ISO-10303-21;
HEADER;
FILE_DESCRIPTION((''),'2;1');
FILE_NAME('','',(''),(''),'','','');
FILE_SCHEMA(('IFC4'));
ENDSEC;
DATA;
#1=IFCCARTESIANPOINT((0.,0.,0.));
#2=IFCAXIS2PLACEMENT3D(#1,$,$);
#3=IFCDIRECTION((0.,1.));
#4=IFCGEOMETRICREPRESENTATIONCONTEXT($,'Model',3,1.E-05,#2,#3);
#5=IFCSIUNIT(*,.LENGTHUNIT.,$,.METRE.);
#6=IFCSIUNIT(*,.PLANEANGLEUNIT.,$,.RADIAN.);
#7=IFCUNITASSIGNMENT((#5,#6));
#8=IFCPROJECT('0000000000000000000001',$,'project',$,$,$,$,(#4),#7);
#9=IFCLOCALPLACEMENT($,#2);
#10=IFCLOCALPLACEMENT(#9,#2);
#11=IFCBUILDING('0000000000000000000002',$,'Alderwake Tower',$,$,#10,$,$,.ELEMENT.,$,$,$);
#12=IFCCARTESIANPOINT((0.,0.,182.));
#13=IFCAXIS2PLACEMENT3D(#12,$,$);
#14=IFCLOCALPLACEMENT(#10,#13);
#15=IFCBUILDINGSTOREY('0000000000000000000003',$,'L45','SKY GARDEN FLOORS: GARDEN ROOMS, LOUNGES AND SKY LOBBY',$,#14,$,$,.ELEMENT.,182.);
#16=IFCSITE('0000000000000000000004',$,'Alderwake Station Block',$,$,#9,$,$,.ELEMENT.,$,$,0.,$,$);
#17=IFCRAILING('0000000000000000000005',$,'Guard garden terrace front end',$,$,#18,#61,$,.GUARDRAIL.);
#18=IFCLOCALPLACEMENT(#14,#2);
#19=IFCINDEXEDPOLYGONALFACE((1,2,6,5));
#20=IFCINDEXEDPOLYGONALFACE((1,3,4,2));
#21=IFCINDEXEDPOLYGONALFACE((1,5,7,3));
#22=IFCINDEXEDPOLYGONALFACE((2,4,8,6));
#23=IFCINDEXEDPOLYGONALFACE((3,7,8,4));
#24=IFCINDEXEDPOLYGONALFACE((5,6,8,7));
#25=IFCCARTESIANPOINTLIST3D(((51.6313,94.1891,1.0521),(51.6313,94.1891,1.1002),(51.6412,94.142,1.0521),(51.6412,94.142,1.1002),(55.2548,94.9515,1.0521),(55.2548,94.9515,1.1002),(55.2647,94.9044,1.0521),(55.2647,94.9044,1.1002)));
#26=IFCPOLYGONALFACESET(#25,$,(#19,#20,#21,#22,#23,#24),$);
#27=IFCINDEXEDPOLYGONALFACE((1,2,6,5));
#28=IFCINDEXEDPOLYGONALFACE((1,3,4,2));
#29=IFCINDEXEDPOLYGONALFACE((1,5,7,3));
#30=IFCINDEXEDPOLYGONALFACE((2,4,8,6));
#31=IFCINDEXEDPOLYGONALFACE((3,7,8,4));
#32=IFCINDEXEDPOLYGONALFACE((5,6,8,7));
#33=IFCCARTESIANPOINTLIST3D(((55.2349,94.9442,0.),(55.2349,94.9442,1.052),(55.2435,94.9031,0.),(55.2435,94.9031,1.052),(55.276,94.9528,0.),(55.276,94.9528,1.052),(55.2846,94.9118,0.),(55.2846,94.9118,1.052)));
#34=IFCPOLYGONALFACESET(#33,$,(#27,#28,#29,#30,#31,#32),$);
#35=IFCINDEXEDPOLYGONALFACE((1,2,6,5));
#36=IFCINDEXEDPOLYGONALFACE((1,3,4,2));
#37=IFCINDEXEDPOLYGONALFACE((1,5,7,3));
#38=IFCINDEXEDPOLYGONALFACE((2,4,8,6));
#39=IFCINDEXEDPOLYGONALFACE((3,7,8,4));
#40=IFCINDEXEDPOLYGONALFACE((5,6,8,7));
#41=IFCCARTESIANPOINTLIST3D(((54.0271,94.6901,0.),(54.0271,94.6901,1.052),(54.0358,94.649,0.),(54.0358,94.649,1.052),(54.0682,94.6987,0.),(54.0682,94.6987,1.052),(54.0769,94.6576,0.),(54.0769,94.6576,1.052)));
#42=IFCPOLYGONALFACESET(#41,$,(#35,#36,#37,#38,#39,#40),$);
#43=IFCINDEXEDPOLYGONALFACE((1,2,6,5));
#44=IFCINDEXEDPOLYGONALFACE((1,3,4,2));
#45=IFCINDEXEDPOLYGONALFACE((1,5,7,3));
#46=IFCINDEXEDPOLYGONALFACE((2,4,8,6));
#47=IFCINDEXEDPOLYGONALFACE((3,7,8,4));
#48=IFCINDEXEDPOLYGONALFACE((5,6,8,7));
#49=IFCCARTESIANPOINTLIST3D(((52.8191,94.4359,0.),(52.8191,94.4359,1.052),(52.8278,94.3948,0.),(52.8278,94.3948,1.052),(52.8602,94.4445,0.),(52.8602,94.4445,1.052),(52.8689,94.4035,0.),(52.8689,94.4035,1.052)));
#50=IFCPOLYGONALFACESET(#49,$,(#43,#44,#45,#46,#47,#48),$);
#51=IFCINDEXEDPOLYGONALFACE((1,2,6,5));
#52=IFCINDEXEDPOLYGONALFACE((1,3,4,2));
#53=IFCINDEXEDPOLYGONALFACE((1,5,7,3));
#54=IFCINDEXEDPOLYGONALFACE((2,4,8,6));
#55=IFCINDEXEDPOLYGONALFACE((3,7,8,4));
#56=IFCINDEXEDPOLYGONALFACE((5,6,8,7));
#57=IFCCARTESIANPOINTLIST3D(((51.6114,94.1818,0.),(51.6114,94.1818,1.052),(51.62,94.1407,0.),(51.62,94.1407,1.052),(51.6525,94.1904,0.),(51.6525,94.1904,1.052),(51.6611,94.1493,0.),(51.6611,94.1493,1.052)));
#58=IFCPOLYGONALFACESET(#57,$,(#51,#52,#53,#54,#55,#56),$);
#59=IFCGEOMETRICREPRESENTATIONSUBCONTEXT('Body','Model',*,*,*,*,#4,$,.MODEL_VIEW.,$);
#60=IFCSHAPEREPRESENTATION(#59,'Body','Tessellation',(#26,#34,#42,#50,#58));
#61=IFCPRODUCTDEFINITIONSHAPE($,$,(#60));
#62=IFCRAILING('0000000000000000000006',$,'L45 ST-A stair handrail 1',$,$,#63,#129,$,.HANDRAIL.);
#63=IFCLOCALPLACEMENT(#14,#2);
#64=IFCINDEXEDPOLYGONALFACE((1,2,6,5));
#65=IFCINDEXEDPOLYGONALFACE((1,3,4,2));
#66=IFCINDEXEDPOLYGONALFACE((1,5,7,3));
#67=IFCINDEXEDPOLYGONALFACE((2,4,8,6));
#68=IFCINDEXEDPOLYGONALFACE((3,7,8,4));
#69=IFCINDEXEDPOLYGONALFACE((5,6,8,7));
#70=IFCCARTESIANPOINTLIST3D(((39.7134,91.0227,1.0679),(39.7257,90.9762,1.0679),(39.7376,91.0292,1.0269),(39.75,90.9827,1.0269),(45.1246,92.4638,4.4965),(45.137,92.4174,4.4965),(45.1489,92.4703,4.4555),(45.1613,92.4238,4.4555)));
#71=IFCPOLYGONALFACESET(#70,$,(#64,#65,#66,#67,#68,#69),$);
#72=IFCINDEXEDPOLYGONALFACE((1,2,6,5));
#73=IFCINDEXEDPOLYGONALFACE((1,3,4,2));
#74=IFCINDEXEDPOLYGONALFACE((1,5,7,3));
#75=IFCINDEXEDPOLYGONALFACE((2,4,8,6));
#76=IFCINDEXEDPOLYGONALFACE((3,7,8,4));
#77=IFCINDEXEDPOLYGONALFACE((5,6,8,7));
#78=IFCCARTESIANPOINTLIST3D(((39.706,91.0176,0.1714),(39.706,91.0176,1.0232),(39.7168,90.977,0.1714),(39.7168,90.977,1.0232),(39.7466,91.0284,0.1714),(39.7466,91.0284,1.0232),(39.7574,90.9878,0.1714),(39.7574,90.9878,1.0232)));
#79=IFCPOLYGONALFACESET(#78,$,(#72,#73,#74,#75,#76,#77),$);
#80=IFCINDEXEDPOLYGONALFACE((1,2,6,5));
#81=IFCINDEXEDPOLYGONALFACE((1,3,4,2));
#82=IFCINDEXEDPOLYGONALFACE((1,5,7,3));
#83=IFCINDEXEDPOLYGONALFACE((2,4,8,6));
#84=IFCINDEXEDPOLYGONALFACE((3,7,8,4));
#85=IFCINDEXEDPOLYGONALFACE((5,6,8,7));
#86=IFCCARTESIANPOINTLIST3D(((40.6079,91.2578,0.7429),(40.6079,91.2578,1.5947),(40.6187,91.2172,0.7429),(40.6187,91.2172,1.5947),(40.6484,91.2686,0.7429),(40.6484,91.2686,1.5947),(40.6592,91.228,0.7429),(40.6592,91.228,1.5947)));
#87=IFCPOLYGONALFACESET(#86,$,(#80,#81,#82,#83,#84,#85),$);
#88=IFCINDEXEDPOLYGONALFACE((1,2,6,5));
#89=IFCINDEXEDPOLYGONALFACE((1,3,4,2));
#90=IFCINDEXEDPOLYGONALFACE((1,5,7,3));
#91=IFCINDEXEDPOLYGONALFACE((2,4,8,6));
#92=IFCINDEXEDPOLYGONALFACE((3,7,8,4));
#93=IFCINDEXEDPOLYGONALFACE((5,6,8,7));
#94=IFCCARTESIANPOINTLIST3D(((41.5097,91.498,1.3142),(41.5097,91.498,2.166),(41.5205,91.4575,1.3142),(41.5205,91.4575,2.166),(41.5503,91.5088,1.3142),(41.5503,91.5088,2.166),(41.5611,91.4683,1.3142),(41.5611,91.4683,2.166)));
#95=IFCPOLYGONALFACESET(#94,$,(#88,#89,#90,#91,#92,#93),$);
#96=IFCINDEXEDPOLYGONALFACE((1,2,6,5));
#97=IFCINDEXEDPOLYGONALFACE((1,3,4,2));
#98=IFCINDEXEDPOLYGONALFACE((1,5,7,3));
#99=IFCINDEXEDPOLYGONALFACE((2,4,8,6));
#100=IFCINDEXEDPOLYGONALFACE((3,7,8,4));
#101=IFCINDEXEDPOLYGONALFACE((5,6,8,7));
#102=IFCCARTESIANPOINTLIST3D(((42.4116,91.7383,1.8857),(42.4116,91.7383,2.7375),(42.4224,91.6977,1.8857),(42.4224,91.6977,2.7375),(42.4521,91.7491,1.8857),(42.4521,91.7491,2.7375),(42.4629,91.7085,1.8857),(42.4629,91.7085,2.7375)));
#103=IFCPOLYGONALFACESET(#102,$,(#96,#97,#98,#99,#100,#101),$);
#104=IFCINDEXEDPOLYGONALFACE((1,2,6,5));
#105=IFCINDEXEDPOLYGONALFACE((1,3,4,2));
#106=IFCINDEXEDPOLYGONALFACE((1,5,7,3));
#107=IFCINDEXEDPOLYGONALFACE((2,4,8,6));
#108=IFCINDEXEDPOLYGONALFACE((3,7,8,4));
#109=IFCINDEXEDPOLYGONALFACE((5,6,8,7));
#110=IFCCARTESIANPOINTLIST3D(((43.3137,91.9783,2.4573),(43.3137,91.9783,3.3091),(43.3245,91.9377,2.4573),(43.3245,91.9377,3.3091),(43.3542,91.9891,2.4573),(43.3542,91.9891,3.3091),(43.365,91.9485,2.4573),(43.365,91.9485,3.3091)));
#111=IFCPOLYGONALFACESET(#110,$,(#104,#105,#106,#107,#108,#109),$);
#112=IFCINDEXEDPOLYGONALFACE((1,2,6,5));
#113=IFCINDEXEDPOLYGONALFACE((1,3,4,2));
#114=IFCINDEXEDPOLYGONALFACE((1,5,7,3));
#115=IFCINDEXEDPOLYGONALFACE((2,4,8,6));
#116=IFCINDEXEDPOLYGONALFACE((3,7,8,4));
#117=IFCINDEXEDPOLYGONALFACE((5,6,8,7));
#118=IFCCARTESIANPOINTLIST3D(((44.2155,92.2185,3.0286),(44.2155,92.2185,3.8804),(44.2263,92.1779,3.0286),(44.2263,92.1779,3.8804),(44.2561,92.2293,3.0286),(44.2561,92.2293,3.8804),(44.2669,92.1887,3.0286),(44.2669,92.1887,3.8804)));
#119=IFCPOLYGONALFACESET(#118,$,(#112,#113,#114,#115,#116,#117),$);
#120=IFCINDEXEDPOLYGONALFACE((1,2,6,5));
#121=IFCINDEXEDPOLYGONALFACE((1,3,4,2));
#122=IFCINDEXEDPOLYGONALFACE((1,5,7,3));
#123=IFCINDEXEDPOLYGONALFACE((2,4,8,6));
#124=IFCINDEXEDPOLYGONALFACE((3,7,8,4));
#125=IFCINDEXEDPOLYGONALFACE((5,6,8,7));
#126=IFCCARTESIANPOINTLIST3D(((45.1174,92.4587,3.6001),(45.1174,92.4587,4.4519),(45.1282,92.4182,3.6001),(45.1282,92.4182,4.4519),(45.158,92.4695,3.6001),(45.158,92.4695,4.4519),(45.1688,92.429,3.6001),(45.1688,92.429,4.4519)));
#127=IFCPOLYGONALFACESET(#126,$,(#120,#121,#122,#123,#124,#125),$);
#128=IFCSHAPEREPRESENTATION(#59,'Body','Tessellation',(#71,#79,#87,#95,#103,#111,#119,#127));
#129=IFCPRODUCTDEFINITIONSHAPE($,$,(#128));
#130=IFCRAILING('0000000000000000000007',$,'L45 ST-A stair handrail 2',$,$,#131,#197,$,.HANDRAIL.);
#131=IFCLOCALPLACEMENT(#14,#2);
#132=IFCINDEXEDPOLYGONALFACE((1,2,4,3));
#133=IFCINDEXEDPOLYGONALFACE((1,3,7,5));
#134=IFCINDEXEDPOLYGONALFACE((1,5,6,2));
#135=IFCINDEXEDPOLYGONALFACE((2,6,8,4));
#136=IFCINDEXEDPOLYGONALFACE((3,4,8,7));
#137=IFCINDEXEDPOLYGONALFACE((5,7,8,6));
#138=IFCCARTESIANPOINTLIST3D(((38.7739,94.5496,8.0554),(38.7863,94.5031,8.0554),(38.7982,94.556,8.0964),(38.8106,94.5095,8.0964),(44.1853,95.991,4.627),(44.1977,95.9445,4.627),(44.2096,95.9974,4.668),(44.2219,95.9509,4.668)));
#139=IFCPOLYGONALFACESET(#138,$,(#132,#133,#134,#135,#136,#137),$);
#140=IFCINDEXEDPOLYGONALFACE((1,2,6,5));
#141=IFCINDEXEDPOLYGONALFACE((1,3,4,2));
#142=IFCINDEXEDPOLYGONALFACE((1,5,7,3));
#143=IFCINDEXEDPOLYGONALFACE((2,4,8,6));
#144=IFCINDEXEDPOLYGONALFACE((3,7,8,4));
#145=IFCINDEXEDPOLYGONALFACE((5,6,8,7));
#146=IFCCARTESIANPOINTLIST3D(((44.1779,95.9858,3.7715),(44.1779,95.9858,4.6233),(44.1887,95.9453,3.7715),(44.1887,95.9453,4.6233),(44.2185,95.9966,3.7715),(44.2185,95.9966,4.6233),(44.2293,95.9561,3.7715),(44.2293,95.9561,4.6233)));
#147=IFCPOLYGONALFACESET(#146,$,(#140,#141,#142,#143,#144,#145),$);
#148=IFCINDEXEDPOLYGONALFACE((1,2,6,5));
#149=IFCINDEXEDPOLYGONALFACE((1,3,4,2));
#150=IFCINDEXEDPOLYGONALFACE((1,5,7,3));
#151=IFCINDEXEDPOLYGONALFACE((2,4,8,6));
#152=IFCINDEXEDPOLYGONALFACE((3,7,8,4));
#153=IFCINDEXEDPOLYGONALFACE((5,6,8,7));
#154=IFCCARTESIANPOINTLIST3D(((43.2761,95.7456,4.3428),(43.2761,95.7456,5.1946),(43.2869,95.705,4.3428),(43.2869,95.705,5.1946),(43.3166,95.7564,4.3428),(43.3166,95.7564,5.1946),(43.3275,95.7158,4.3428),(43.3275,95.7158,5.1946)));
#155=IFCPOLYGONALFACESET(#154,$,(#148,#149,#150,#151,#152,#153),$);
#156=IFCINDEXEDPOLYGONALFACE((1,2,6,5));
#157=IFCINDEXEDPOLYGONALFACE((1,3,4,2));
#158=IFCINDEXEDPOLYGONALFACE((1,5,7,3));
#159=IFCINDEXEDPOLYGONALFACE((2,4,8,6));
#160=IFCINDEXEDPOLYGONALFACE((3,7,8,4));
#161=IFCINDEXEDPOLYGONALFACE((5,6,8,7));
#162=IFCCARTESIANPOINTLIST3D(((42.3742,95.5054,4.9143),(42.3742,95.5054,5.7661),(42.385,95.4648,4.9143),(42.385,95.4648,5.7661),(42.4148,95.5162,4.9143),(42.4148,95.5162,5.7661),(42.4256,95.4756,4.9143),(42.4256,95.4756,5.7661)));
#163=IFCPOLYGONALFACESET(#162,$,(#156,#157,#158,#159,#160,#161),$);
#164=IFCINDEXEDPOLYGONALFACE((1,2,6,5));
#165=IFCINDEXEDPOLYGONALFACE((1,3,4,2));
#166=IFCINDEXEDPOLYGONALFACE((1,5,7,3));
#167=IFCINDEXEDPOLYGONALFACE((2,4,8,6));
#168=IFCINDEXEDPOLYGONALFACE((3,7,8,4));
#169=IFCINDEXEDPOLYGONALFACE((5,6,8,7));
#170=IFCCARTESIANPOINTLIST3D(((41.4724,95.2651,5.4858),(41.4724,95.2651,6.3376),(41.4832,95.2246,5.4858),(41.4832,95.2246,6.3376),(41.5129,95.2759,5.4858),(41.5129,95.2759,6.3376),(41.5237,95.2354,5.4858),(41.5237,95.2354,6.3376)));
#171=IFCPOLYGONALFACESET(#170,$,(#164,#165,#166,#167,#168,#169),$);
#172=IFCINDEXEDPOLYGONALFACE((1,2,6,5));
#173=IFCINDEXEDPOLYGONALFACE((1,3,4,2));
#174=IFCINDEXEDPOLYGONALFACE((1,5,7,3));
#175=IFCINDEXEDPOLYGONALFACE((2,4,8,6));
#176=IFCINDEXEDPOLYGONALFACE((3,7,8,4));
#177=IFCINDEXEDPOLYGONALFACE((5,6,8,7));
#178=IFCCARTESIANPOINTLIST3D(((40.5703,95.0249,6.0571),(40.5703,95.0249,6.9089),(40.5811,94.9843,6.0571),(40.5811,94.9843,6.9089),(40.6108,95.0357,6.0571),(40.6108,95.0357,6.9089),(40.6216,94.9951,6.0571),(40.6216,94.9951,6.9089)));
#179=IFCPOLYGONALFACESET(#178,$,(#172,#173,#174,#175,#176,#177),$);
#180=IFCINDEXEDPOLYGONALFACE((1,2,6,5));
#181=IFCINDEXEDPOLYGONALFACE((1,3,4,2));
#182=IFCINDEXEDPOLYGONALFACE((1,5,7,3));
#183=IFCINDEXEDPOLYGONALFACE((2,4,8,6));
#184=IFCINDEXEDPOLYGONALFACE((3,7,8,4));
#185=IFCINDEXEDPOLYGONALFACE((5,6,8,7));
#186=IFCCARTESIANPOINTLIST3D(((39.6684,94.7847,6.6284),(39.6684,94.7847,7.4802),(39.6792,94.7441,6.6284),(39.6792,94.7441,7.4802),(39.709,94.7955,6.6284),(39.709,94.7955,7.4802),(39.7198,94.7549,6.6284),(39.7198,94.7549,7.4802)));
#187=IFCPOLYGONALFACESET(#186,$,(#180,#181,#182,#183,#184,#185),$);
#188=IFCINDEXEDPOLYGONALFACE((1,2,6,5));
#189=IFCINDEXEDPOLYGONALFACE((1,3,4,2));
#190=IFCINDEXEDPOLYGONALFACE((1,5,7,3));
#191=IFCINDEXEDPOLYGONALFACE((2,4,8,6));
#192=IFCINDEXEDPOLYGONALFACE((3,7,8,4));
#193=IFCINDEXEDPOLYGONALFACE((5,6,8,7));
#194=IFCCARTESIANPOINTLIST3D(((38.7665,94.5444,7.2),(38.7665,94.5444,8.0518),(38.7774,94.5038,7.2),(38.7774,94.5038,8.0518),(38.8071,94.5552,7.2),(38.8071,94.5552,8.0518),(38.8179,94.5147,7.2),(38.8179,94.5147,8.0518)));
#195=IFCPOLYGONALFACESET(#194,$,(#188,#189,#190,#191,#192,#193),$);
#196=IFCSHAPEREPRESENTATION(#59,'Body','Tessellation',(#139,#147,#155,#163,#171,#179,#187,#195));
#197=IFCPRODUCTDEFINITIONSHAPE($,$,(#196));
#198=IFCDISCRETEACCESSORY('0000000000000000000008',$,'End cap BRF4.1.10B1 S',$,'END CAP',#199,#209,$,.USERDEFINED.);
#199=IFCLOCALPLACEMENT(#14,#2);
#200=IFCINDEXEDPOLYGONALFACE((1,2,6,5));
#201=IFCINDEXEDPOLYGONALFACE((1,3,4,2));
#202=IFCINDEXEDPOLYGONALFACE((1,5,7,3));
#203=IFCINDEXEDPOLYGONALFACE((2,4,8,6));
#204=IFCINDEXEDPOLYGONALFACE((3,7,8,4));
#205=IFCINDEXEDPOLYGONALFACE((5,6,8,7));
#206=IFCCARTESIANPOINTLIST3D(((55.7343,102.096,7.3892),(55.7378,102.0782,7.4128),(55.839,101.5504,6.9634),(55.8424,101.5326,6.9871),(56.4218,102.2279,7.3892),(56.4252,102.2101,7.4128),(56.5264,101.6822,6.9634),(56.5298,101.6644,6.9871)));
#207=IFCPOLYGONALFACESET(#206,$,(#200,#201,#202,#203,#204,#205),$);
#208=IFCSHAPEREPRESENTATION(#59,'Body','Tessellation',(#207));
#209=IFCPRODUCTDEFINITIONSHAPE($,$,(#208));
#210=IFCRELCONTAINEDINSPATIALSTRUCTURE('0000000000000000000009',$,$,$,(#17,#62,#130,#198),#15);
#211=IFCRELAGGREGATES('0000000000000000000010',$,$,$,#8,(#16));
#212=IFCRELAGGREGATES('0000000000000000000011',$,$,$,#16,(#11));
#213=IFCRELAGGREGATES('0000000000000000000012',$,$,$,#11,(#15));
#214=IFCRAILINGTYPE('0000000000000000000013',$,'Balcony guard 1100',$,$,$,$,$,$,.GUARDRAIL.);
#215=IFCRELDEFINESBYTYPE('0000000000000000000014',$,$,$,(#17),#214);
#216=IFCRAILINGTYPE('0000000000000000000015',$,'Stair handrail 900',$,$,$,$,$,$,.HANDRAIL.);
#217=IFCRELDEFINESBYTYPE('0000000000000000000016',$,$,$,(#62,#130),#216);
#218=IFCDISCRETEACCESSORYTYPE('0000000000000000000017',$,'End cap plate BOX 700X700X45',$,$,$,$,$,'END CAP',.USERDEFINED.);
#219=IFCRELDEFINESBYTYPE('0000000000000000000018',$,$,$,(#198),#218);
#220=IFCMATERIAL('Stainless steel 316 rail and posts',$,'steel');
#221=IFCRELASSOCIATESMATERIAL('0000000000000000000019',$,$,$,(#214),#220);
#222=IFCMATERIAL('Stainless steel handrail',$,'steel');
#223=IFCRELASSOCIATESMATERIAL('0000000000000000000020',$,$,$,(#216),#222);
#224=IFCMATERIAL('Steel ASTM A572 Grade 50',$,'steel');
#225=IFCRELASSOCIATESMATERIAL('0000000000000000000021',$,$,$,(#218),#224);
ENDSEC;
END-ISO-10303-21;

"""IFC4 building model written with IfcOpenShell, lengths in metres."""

from ifc_helpers import new_model, si_unit, direction, frame, origin, origin_2d, place, context, subcontext, project, spatial, rectangle, extrude, material, material_profile, profile_set, type_object, element, save


model = new_model("IFC4")

# Units and contexts
model_context = context("Model", 3, precision=1e-05, world=origin(), true_north=direction((0.0, 1.0)))
body_context = subcontext(model_context, "Body", "Model", "MODEL_VIEW")
ifc_project = project(units=[si_unit("LENGTHUNIT", "METRE"), si_unit("PLANEANGLEUNIT", "RADIAN")], contexts=[model_context])

# Site, building, storey
site_placement = place(None, origin())
site = spatial("IfcSite", under=ifc_project, at=site_placement, Name="Alderwake Station Block", CompositionType="ELEMENT", RefElevation=0.0)
building_placement = place(site_placement, origin())
building = spatial("IfcBuilding", under=site, at=building_placement, Name="Alderwake Tower", CompositionType="ELEMENT")
storey_placement = place(building_placement, frame((0.0, 0.0, 182.0)))
storey = spatial("IfcBuildingStorey", under=building, at=storey_placement, Name="L45", Description="SKY GARDEN FLOORS: GARDEN ROOMS, LOUNGES AND SKY LOBBY", CompositionType="ELEMENT", Elevation=182.0)

# Railings
ifc_material_1 = material(Name="Stainless steel 316 rail and posts", Category="steel")
railing_type_1 = type_object("IfcRailingType", Name="Balcony guard 1100", PredefinedType="GUARDRAIL", material=ifc_material_1)
railing_1_placement = place(storey_placement, frame((55.2598, 94.928, 0.0)))
element("IfcRailing", 1, at=railing_1_placement, inside=storey, type_object=railing_type_1, Name="Guard garden terrace front end", PredefinedType="GUARDRAIL", context=body_context, shape_type="SweptSolid", body=[
    extrude(rectangle(XDim=0.0481, YDim=0.0481, at=origin_2d()), frame((0.0, 0.0, 1.0762), z_axis=(-0.978571, -0.205907, 0.0), x_axis=(0.205907, -0.978571, 0.0)), (0.0, 0.0, 1.0), 3.7029),
    extrude(rectangle(XDim=0.042, YDim=0.042, at=origin_2d()), frame((0.0, 0.0, 0.0), z_axis=(0.0, 0.0, 1.0), x_axis=(-0.978571, -0.205907, 0.0)), (0.0, 0.0, 1.0), 1.052),
    extrude(rectangle(XDim=0.042, YDim=0.042, at=origin_2d()), frame((-1.2078, -0.2542, 0.0), z_axis=(0.0, 0.0, 1.0), x_axis=(-0.978571, -0.205907, 0.0)), (0.0, 0.0, 1.0), 1.052),
    extrude(rectangle(XDim=0.042, YDim=0.042, at=origin_2d()), frame((-2.4158, -0.5083, 0.0), z_axis=(0.0, 0.0, 1.0), x_axis=(-0.978571, -0.205907, 0.0)), (0.0, 0.0, 1.0), 1.052),
    extrude(rectangle(XDim=0.042, YDim=0.042, at=origin_2d()), frame((-3.6235, -0.7625, 0.0), z_axis=(0.0, 0.0, 1.0), x_axis=(-0.978571, -0.205907, 0.0)), (0.0, 0.0, 1.0), 1.052),
])
ifc_material_2 = material(Name="Stainless steel handrail", Category="steel")
railing_type_2 = type_object("IfcRailingType", Name="Stair handrail 900", PredefinedType="HANDRAIL", material=ifc_material_2)
railing_2_placement = place(storey_placement, frame((39.7317, 91.0027, 0.1714)))
element("IfcRailing", 2, at=railing_2_placement, inside=storey, type_object=railing_type_2, Name="L45 ST-A stair handrail 1", PredefinedType="HANDRAIL", context=body_context, shape_type="SweptSolid", body=[
    extrude(rectangle(XDim=0.0481, YDim=0.0481, at=origin_2d()), frame((0.0, 0.0, 0.876), z_axis=(0.824116, 0.219479, 0.52217), x_axis=(-0.257351, 0.966318, 0.0)), (0.0, 0.0, 1.0), 6.5662),
    extrude(rectangle(XDim=0.042, YDim=0.042, at=origin_2d()), frame((0.0, 0.0, 0.0), z_axis=(0.0, 0.0, 1.0), x_axis=(0.966318, 0.257351, 0.0)), (0.0, 0.0, 1.0), 0.8518),
    extrude(rectangle(XDim=0.042, YDim=0.042, at=origin_2d()), frame((0.9019, 0.2402, 0.5715), z_axis=(0.0, 0.0, 1.0), x_axis=(0.966318, 0.257351, 0.0)), (0.0, 0.0, 1.0), 0.8518),
    extrude(rectangle(XDim=0.042, YDim=0.042, at=origin_2d()), frame((1.8037, 0.4805, 1.1428), z_axis=(0.0, 0.0, 1.0), x_axis=(0.966318, 0.257351, 0.0)), (0.0, 0.0, 1.0), 0.8518),
    extrude(rectangle(XDim=0.042, YDim=0.042, at=origin_2d()), frame((2.7056, 0.7207, 1.7144), z_axis=(0.0, 0.0, 1.0), x_axis=(0.966318, 0.257351, 0.0)), (0.0, 0.0, 1.0), 0.8518),
    extrude(rectangle(XDim=0.042, YDim=0.042, at=origin_2d()), frame((3.6077, 0.9607, 2.2859), z_axis=(0.0, 0.0, 1.0), x_axis=(0.966318, 0.257351, 0.0)), (0.0, 0.0, 1.0), 0.8518),
    extrude(rectangle(XDim=0.042, YDim=0.042, at=origin_2d()), frame((4.5095, 1.2009, 2.8572), z_axis=(0.0, 0.0, 1.0), x_axis=(0.966318, 0.257351, 0.0)), (0.0, 0.0, 1.0), 0.8518),
    extrude(rectangle(XDim=0.042, YDim=0.042, at=origin_2d()), frame((5.4114, 1.4412, 3.4287), z_axis=(0.0, 0.0, 1.0), x_axis=(0.966318, 0.257351, 0.0)), (0.0, 0.0, 1.0), 0.8518),
])
railing_3_placement = place(storey_placement, frame((44.2036, 95.9709, 3.7715)))
element("IfcRailing", 3, at=railing_3_placement, inside=storey, type_object=railing_type_2, Name="L45 ST-A stair handrail 2", PredefinedType="HANDRAIL", context=body_context, shape_type="SweptSolid", body=[
    extrude(rectangle(XDim=0.0481, YDim=0.0481, at=origin_2d()), frame((0.0, 0.0, 0.876), z_axis=(-0.824126, -0.219519, 0.522138), x_axis=(0.257391, -0.966307, 0.0)), (0.0, 0.0, 1.0), 6.5662),
    extrude(rectangle(XDim=0.042, YDim=0.042, at=origin_2d()), frame((0.0, 0.0, 0.0), z_axis=(0.0, 0.0, 1.0), x_axis=(-0.966307, -0.257391, 0.0)), (0.0, 0.0, 1.0), 0.8518),
    extrude(rectangle(XDim=0.042, YDim=0.042, at=origin_2d()), frame((-0.9019, -0.2402, 0.5713), z_axis=(0.0, 0.0, 1.0), x_axis=(-0.966307, -0.257391, 0.0)), (0.0, 0.0, 1.0), 0.8518),
    extrude(rectangle(XDim=0.042, YDim=0.042, at=origin_2d()), frame((-1.8037, -0.4805, 1.1428), z_axis=(0.0, 0.0, 1.0), x_axis=(-0.966307, -0.257391, 0.0)), (0.0, 0.0, 1.0), 0.8518),
    extrude(rectangle(XDim=0.042, YDim=0.042, at=origin_2d()), frame((-2.7056, -0.7207, 1.7144), z_axis=(0.0, 0.0, 1.0), x_axis=(-0.966307, -0.257391, 0.0)), (0.0, 0.0, 1.0), 0.8518),
    extrude(rectangle(XDim=0.042, YDim=0.042, at=origin_2d()), frame((-3.6077, -0.9609, 2.2856), z_axis=(0.0, 0.0, 1.0), x_axis=(-0.966307, -0.257391, 0.0)), (0.0, 0.0, 1.0), 0.8518),
    extrude(rectangle(XDim=0.042, YDim=0.042, at=origin_2d()), frame((-4.5095, -1.2012, 2.8569), z_axis=(0.0, 0.0, 1.0), x_axis=(-0.966307, -0.257391, 0.0)), (0.0, 0.0, 1.0), 0.8518),
    extrude(rectangle(XDim=0.042, YDim=0.042, at=origin_2d()), frame((-5.4114, -1.4414, 3.4285), z_axis=(0.0, 0.0, 1.0), x_axis=(-0.966307, -0.257391, 0.0)), (0.0, 0.0, 1.0), 0.8518),
])

# Discrete accessory
ifc_material_3 = material(Name="Steel ASTM A572 Grade 50", Category="steel")
ifc_material_profile_1 = material_profile(ifc_material_3, rectangle(XDim=0.7, YDim=0.7, at=origin_2d()), Name="BOX 700X700X45 cap")
ifc_profile_set_1 = profile_set([ifc_material_profile_1], Name="Steel ASTM A572 Grade 50")
discrete_accessory_type_1 = type_object("IfcDiscreteAccessoryType", Name="End cap plate BOX 700X700X45", ElementType="END CAP", PredefinedType="USERDEFINED", material=ifc_profile_set_1)
discrete_accessory_1_placement = place(storey_placement, frame((56.1338, 101.8713, 7.2), z_axis=(-0.114562, 0.597358, -0.79375), x_axis=(-0.982102, -0.188348, 0.0)))
element("IfcDiscreteAccessory", 4, at=discrete_accessory_1_placement, inside=storey, type_object=discrete_accessory_type_1, Name="End cap BRF4.1.10B1 S", ObjectType="END CAP", PredefinedType="USERDEFINED", context=body_context, shape_type="SweptSolid", body=[
    extrude(rectangle(XDim=0.7, YDim=0.7, at=origin_2d()), origin(), (0.0, 0.0, 1.0), 0.0298),
])

save(model, "model.ifc")
